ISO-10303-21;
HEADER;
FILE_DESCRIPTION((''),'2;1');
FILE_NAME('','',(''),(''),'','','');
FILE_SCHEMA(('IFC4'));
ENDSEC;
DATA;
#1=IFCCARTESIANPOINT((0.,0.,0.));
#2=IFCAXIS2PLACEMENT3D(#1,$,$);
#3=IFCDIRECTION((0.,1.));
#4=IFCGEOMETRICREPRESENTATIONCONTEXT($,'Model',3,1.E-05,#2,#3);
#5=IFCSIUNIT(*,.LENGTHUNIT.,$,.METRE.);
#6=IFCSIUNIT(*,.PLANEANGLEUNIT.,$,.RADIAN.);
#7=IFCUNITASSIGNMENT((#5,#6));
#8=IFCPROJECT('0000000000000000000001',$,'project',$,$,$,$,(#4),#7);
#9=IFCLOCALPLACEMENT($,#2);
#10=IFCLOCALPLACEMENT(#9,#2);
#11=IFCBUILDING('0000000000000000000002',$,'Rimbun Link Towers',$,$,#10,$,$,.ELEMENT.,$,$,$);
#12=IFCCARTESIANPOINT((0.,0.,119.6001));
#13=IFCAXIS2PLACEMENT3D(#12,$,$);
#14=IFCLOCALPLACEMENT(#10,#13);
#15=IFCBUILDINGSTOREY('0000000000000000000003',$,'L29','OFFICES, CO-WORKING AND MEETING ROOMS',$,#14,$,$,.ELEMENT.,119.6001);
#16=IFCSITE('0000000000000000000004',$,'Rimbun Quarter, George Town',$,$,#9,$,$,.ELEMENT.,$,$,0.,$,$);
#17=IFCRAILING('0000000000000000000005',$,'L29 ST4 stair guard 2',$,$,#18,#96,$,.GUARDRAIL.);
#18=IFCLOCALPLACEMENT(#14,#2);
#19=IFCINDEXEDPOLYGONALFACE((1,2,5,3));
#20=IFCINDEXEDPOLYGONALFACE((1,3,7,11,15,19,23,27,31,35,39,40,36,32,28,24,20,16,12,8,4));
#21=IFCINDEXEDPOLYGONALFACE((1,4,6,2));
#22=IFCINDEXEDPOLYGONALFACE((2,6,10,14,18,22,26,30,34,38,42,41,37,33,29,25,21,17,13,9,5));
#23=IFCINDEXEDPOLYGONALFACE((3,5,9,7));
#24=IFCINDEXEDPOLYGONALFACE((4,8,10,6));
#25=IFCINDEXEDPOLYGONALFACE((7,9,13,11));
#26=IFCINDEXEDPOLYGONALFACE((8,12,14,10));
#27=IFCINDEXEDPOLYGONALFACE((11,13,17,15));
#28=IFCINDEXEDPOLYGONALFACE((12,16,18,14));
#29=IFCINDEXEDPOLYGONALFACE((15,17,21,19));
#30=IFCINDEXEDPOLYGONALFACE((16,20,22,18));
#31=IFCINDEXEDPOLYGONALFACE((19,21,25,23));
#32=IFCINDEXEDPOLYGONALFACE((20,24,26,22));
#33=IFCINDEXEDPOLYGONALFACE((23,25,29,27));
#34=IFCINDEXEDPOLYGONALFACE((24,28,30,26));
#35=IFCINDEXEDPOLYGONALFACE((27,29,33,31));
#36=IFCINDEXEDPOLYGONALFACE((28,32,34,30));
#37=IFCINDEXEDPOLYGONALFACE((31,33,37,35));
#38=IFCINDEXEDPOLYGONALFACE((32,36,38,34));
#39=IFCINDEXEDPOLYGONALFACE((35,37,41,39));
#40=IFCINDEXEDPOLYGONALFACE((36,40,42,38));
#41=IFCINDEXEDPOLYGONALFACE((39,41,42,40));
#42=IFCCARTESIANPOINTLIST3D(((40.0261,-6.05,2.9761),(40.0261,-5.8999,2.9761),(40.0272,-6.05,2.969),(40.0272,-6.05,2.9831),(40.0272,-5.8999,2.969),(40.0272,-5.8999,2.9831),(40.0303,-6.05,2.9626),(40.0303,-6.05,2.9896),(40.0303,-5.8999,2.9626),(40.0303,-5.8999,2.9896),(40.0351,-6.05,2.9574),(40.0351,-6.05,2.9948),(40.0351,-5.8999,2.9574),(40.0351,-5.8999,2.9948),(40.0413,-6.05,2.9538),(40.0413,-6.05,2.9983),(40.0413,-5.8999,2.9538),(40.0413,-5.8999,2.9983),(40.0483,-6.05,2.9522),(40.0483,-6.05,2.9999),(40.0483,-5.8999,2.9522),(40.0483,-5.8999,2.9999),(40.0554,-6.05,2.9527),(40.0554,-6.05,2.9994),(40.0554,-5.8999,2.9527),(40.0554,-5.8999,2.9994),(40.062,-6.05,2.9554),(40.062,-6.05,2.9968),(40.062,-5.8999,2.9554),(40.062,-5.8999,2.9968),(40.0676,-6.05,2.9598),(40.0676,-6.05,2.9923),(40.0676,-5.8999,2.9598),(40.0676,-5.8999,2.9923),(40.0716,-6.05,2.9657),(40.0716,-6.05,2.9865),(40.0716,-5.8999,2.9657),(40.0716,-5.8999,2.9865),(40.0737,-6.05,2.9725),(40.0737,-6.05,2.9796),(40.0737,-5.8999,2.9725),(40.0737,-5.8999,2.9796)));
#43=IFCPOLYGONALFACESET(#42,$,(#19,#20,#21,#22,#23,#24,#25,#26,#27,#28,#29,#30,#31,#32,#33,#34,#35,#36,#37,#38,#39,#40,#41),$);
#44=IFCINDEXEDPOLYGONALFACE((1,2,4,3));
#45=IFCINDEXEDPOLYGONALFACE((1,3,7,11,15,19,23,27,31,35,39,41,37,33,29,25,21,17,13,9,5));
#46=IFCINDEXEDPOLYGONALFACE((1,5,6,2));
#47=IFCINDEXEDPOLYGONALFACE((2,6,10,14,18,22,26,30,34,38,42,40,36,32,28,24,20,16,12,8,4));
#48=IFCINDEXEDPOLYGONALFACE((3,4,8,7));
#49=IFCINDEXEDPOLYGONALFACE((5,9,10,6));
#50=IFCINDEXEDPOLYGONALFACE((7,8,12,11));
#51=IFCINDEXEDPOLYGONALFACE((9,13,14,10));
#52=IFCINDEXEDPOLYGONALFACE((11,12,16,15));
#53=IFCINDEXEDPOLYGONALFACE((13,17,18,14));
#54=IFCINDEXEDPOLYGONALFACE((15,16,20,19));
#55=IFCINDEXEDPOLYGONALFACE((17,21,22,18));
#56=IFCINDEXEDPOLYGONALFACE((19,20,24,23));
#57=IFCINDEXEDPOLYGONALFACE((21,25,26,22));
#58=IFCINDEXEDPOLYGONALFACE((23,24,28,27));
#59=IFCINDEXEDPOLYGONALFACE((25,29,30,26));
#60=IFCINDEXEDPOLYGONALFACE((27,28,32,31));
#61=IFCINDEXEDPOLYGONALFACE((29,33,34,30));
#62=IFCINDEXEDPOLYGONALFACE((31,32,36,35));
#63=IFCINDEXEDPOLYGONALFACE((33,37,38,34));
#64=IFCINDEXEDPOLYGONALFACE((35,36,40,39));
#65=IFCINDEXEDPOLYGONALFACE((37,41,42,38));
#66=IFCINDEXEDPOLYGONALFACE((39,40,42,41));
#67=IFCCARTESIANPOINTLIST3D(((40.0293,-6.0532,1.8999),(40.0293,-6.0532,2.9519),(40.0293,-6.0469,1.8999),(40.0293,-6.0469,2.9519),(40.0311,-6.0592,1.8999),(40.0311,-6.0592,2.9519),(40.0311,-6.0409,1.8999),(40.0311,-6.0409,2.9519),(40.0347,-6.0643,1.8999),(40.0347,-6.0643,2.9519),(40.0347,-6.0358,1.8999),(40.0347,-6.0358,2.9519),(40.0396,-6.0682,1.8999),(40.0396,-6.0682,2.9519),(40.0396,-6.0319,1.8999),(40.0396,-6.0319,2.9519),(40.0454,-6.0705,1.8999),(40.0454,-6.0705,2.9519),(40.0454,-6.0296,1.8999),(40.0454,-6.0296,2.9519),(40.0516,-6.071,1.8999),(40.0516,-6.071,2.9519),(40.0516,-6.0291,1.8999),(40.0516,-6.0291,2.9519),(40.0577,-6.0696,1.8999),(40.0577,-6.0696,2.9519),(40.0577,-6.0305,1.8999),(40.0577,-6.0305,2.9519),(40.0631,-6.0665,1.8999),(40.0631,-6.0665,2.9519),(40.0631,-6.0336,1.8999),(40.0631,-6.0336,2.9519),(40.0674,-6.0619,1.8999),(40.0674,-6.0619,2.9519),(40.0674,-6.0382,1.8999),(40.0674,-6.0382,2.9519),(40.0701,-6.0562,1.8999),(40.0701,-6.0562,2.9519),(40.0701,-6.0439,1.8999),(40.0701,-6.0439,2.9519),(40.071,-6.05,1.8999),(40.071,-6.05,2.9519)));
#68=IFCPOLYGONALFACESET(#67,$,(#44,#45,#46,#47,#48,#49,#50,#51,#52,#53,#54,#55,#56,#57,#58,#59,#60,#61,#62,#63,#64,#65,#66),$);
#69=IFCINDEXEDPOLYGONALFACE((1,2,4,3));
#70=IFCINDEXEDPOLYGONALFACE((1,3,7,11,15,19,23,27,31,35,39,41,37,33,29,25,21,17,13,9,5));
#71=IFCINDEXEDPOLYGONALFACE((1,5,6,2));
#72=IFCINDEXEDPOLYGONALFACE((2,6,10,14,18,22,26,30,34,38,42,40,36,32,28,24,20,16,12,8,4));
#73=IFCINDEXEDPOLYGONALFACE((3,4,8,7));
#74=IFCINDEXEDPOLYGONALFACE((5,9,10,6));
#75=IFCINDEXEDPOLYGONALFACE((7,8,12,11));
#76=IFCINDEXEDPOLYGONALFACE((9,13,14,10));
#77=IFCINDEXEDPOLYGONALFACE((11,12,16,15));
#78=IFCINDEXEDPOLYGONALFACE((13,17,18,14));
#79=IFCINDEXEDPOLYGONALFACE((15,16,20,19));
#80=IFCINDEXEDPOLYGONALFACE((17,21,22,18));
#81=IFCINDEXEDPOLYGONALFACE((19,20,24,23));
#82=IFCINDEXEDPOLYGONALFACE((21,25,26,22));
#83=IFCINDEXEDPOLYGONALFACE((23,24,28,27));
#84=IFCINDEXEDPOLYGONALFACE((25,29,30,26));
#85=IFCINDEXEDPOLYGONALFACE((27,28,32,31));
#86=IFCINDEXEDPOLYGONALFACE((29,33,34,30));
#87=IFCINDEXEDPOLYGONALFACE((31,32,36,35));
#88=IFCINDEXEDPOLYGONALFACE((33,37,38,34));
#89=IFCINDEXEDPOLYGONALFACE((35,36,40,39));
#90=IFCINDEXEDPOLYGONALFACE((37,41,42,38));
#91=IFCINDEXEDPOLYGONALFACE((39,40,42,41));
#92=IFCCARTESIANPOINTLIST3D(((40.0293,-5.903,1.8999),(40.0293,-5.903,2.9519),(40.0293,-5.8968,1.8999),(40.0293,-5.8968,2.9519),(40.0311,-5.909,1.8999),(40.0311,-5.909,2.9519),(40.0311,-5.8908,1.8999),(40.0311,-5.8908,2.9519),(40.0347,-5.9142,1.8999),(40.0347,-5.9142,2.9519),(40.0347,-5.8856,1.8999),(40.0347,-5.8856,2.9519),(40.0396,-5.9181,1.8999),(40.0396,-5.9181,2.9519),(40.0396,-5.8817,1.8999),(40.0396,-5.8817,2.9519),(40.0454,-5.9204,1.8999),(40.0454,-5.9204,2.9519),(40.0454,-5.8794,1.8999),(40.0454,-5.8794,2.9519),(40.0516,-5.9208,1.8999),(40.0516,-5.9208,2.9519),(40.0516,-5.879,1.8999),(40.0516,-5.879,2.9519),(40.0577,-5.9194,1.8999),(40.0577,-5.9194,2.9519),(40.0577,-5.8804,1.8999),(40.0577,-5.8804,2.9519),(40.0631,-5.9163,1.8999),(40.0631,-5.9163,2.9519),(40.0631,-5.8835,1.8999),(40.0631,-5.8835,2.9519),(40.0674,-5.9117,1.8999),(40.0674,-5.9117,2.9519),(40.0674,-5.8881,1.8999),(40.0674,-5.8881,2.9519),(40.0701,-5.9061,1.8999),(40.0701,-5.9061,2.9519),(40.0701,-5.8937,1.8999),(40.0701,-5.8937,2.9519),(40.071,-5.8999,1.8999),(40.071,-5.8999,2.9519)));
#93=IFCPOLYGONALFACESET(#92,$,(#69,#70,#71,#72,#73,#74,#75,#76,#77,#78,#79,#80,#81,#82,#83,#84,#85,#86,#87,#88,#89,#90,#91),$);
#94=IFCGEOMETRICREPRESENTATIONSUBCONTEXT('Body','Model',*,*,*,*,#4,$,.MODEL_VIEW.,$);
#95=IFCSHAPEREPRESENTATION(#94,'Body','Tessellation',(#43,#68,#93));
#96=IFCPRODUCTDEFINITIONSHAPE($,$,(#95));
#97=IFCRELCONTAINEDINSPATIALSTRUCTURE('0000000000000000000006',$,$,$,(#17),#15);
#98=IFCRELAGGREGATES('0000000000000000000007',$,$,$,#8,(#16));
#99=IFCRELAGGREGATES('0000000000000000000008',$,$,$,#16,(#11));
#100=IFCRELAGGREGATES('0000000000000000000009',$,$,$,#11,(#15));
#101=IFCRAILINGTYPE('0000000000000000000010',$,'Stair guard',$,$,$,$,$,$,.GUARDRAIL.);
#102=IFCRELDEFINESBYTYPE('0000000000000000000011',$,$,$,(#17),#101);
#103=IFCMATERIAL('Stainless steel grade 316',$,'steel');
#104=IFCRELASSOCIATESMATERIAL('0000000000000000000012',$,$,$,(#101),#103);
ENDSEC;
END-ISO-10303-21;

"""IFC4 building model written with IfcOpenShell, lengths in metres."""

from ifc_helpers import new_model, si_unit, direction, frame, origin, origin_2d, place, context, subcontext, project, spatial, circle, extrude, material, type_object, element, save


model = new_model("IFC4")

# Units and contexts
model_context = context("Model", 3, precision=1e-05, world=origin(), true_north=direction((0.0, 1.0)))
body_context = subcontext(model_context, "Body", "Model", "MODEL_VIEW")
ifc_project = project(units=[si_unit("LENGTHUNIT", "METRE"), si_unit("PLANEANGLEUNIT", "RADIAN")], contexts=[model_context])

# Site, building, storey
site_placement = place(None, origin())
site = spatial("IfcSite", under=ifc_project, at=site_placement, Name="Rimbun Quarter, George Town", CompositionType="ELEMENT", RefElevation=0.0)
building_placement = place(site_placement, origin())
building = spatial("IfcBuilding", under=site, at=building_placement, Name="Rimbun Link Towers", CompositionType="ELEMENT")
storey_placement = place(building_placement, frame((0.0, 0.0, 119.6001)))
storey = spatial("IfcBuildingStorey", under=building, at=storey_placement, Name="L29", Description="OFFICES, CO-WORKING AND MEETING ROOMS", CompositionType="ELEMENT", Elevation=119.6001)

# Railing
ifc_material_1 = material(Name="Stainless steel grade 316", Category="steel")
railing_type_1 = type_object("IfcRailingType", Name="Stair guard", PredefinedType="GUARDRAIL", material=ifc_material_1)
railing_1_placement = place(storey_placement, frame((40.05, -6.05, 1.8999)))
element("IfcRailing", 1, at=railing_1_placement, inside=storey, type_object=railing_type_1, Name="L29 ST4 stair guard 2", PredefinedType="GUARDRAIL", context=body_context, shape_type="SweptSolid", body=[
    extrude(circle(Radius=0.0239, at=origin_2d()), frame((0.0, 0.0, 1.0762), z_axis=(0.0, 1.0, 0.0), x_axis=(-1.0, 0.0, 0.0)), (0.0, 0.0, 1.0), 0.1501),
    extrude(circle(Radius=0.021, at=origin_2d()), origin(), (0.0, 0.0, 1.0), 1.052),
    extrude(circle(Radius=0.021, at=origin_2d()), frame((0.0, 0.1501, 0.0)), (0.0, 0.0, 1.0), 1.052),
])

save(model, "model.ifc")
